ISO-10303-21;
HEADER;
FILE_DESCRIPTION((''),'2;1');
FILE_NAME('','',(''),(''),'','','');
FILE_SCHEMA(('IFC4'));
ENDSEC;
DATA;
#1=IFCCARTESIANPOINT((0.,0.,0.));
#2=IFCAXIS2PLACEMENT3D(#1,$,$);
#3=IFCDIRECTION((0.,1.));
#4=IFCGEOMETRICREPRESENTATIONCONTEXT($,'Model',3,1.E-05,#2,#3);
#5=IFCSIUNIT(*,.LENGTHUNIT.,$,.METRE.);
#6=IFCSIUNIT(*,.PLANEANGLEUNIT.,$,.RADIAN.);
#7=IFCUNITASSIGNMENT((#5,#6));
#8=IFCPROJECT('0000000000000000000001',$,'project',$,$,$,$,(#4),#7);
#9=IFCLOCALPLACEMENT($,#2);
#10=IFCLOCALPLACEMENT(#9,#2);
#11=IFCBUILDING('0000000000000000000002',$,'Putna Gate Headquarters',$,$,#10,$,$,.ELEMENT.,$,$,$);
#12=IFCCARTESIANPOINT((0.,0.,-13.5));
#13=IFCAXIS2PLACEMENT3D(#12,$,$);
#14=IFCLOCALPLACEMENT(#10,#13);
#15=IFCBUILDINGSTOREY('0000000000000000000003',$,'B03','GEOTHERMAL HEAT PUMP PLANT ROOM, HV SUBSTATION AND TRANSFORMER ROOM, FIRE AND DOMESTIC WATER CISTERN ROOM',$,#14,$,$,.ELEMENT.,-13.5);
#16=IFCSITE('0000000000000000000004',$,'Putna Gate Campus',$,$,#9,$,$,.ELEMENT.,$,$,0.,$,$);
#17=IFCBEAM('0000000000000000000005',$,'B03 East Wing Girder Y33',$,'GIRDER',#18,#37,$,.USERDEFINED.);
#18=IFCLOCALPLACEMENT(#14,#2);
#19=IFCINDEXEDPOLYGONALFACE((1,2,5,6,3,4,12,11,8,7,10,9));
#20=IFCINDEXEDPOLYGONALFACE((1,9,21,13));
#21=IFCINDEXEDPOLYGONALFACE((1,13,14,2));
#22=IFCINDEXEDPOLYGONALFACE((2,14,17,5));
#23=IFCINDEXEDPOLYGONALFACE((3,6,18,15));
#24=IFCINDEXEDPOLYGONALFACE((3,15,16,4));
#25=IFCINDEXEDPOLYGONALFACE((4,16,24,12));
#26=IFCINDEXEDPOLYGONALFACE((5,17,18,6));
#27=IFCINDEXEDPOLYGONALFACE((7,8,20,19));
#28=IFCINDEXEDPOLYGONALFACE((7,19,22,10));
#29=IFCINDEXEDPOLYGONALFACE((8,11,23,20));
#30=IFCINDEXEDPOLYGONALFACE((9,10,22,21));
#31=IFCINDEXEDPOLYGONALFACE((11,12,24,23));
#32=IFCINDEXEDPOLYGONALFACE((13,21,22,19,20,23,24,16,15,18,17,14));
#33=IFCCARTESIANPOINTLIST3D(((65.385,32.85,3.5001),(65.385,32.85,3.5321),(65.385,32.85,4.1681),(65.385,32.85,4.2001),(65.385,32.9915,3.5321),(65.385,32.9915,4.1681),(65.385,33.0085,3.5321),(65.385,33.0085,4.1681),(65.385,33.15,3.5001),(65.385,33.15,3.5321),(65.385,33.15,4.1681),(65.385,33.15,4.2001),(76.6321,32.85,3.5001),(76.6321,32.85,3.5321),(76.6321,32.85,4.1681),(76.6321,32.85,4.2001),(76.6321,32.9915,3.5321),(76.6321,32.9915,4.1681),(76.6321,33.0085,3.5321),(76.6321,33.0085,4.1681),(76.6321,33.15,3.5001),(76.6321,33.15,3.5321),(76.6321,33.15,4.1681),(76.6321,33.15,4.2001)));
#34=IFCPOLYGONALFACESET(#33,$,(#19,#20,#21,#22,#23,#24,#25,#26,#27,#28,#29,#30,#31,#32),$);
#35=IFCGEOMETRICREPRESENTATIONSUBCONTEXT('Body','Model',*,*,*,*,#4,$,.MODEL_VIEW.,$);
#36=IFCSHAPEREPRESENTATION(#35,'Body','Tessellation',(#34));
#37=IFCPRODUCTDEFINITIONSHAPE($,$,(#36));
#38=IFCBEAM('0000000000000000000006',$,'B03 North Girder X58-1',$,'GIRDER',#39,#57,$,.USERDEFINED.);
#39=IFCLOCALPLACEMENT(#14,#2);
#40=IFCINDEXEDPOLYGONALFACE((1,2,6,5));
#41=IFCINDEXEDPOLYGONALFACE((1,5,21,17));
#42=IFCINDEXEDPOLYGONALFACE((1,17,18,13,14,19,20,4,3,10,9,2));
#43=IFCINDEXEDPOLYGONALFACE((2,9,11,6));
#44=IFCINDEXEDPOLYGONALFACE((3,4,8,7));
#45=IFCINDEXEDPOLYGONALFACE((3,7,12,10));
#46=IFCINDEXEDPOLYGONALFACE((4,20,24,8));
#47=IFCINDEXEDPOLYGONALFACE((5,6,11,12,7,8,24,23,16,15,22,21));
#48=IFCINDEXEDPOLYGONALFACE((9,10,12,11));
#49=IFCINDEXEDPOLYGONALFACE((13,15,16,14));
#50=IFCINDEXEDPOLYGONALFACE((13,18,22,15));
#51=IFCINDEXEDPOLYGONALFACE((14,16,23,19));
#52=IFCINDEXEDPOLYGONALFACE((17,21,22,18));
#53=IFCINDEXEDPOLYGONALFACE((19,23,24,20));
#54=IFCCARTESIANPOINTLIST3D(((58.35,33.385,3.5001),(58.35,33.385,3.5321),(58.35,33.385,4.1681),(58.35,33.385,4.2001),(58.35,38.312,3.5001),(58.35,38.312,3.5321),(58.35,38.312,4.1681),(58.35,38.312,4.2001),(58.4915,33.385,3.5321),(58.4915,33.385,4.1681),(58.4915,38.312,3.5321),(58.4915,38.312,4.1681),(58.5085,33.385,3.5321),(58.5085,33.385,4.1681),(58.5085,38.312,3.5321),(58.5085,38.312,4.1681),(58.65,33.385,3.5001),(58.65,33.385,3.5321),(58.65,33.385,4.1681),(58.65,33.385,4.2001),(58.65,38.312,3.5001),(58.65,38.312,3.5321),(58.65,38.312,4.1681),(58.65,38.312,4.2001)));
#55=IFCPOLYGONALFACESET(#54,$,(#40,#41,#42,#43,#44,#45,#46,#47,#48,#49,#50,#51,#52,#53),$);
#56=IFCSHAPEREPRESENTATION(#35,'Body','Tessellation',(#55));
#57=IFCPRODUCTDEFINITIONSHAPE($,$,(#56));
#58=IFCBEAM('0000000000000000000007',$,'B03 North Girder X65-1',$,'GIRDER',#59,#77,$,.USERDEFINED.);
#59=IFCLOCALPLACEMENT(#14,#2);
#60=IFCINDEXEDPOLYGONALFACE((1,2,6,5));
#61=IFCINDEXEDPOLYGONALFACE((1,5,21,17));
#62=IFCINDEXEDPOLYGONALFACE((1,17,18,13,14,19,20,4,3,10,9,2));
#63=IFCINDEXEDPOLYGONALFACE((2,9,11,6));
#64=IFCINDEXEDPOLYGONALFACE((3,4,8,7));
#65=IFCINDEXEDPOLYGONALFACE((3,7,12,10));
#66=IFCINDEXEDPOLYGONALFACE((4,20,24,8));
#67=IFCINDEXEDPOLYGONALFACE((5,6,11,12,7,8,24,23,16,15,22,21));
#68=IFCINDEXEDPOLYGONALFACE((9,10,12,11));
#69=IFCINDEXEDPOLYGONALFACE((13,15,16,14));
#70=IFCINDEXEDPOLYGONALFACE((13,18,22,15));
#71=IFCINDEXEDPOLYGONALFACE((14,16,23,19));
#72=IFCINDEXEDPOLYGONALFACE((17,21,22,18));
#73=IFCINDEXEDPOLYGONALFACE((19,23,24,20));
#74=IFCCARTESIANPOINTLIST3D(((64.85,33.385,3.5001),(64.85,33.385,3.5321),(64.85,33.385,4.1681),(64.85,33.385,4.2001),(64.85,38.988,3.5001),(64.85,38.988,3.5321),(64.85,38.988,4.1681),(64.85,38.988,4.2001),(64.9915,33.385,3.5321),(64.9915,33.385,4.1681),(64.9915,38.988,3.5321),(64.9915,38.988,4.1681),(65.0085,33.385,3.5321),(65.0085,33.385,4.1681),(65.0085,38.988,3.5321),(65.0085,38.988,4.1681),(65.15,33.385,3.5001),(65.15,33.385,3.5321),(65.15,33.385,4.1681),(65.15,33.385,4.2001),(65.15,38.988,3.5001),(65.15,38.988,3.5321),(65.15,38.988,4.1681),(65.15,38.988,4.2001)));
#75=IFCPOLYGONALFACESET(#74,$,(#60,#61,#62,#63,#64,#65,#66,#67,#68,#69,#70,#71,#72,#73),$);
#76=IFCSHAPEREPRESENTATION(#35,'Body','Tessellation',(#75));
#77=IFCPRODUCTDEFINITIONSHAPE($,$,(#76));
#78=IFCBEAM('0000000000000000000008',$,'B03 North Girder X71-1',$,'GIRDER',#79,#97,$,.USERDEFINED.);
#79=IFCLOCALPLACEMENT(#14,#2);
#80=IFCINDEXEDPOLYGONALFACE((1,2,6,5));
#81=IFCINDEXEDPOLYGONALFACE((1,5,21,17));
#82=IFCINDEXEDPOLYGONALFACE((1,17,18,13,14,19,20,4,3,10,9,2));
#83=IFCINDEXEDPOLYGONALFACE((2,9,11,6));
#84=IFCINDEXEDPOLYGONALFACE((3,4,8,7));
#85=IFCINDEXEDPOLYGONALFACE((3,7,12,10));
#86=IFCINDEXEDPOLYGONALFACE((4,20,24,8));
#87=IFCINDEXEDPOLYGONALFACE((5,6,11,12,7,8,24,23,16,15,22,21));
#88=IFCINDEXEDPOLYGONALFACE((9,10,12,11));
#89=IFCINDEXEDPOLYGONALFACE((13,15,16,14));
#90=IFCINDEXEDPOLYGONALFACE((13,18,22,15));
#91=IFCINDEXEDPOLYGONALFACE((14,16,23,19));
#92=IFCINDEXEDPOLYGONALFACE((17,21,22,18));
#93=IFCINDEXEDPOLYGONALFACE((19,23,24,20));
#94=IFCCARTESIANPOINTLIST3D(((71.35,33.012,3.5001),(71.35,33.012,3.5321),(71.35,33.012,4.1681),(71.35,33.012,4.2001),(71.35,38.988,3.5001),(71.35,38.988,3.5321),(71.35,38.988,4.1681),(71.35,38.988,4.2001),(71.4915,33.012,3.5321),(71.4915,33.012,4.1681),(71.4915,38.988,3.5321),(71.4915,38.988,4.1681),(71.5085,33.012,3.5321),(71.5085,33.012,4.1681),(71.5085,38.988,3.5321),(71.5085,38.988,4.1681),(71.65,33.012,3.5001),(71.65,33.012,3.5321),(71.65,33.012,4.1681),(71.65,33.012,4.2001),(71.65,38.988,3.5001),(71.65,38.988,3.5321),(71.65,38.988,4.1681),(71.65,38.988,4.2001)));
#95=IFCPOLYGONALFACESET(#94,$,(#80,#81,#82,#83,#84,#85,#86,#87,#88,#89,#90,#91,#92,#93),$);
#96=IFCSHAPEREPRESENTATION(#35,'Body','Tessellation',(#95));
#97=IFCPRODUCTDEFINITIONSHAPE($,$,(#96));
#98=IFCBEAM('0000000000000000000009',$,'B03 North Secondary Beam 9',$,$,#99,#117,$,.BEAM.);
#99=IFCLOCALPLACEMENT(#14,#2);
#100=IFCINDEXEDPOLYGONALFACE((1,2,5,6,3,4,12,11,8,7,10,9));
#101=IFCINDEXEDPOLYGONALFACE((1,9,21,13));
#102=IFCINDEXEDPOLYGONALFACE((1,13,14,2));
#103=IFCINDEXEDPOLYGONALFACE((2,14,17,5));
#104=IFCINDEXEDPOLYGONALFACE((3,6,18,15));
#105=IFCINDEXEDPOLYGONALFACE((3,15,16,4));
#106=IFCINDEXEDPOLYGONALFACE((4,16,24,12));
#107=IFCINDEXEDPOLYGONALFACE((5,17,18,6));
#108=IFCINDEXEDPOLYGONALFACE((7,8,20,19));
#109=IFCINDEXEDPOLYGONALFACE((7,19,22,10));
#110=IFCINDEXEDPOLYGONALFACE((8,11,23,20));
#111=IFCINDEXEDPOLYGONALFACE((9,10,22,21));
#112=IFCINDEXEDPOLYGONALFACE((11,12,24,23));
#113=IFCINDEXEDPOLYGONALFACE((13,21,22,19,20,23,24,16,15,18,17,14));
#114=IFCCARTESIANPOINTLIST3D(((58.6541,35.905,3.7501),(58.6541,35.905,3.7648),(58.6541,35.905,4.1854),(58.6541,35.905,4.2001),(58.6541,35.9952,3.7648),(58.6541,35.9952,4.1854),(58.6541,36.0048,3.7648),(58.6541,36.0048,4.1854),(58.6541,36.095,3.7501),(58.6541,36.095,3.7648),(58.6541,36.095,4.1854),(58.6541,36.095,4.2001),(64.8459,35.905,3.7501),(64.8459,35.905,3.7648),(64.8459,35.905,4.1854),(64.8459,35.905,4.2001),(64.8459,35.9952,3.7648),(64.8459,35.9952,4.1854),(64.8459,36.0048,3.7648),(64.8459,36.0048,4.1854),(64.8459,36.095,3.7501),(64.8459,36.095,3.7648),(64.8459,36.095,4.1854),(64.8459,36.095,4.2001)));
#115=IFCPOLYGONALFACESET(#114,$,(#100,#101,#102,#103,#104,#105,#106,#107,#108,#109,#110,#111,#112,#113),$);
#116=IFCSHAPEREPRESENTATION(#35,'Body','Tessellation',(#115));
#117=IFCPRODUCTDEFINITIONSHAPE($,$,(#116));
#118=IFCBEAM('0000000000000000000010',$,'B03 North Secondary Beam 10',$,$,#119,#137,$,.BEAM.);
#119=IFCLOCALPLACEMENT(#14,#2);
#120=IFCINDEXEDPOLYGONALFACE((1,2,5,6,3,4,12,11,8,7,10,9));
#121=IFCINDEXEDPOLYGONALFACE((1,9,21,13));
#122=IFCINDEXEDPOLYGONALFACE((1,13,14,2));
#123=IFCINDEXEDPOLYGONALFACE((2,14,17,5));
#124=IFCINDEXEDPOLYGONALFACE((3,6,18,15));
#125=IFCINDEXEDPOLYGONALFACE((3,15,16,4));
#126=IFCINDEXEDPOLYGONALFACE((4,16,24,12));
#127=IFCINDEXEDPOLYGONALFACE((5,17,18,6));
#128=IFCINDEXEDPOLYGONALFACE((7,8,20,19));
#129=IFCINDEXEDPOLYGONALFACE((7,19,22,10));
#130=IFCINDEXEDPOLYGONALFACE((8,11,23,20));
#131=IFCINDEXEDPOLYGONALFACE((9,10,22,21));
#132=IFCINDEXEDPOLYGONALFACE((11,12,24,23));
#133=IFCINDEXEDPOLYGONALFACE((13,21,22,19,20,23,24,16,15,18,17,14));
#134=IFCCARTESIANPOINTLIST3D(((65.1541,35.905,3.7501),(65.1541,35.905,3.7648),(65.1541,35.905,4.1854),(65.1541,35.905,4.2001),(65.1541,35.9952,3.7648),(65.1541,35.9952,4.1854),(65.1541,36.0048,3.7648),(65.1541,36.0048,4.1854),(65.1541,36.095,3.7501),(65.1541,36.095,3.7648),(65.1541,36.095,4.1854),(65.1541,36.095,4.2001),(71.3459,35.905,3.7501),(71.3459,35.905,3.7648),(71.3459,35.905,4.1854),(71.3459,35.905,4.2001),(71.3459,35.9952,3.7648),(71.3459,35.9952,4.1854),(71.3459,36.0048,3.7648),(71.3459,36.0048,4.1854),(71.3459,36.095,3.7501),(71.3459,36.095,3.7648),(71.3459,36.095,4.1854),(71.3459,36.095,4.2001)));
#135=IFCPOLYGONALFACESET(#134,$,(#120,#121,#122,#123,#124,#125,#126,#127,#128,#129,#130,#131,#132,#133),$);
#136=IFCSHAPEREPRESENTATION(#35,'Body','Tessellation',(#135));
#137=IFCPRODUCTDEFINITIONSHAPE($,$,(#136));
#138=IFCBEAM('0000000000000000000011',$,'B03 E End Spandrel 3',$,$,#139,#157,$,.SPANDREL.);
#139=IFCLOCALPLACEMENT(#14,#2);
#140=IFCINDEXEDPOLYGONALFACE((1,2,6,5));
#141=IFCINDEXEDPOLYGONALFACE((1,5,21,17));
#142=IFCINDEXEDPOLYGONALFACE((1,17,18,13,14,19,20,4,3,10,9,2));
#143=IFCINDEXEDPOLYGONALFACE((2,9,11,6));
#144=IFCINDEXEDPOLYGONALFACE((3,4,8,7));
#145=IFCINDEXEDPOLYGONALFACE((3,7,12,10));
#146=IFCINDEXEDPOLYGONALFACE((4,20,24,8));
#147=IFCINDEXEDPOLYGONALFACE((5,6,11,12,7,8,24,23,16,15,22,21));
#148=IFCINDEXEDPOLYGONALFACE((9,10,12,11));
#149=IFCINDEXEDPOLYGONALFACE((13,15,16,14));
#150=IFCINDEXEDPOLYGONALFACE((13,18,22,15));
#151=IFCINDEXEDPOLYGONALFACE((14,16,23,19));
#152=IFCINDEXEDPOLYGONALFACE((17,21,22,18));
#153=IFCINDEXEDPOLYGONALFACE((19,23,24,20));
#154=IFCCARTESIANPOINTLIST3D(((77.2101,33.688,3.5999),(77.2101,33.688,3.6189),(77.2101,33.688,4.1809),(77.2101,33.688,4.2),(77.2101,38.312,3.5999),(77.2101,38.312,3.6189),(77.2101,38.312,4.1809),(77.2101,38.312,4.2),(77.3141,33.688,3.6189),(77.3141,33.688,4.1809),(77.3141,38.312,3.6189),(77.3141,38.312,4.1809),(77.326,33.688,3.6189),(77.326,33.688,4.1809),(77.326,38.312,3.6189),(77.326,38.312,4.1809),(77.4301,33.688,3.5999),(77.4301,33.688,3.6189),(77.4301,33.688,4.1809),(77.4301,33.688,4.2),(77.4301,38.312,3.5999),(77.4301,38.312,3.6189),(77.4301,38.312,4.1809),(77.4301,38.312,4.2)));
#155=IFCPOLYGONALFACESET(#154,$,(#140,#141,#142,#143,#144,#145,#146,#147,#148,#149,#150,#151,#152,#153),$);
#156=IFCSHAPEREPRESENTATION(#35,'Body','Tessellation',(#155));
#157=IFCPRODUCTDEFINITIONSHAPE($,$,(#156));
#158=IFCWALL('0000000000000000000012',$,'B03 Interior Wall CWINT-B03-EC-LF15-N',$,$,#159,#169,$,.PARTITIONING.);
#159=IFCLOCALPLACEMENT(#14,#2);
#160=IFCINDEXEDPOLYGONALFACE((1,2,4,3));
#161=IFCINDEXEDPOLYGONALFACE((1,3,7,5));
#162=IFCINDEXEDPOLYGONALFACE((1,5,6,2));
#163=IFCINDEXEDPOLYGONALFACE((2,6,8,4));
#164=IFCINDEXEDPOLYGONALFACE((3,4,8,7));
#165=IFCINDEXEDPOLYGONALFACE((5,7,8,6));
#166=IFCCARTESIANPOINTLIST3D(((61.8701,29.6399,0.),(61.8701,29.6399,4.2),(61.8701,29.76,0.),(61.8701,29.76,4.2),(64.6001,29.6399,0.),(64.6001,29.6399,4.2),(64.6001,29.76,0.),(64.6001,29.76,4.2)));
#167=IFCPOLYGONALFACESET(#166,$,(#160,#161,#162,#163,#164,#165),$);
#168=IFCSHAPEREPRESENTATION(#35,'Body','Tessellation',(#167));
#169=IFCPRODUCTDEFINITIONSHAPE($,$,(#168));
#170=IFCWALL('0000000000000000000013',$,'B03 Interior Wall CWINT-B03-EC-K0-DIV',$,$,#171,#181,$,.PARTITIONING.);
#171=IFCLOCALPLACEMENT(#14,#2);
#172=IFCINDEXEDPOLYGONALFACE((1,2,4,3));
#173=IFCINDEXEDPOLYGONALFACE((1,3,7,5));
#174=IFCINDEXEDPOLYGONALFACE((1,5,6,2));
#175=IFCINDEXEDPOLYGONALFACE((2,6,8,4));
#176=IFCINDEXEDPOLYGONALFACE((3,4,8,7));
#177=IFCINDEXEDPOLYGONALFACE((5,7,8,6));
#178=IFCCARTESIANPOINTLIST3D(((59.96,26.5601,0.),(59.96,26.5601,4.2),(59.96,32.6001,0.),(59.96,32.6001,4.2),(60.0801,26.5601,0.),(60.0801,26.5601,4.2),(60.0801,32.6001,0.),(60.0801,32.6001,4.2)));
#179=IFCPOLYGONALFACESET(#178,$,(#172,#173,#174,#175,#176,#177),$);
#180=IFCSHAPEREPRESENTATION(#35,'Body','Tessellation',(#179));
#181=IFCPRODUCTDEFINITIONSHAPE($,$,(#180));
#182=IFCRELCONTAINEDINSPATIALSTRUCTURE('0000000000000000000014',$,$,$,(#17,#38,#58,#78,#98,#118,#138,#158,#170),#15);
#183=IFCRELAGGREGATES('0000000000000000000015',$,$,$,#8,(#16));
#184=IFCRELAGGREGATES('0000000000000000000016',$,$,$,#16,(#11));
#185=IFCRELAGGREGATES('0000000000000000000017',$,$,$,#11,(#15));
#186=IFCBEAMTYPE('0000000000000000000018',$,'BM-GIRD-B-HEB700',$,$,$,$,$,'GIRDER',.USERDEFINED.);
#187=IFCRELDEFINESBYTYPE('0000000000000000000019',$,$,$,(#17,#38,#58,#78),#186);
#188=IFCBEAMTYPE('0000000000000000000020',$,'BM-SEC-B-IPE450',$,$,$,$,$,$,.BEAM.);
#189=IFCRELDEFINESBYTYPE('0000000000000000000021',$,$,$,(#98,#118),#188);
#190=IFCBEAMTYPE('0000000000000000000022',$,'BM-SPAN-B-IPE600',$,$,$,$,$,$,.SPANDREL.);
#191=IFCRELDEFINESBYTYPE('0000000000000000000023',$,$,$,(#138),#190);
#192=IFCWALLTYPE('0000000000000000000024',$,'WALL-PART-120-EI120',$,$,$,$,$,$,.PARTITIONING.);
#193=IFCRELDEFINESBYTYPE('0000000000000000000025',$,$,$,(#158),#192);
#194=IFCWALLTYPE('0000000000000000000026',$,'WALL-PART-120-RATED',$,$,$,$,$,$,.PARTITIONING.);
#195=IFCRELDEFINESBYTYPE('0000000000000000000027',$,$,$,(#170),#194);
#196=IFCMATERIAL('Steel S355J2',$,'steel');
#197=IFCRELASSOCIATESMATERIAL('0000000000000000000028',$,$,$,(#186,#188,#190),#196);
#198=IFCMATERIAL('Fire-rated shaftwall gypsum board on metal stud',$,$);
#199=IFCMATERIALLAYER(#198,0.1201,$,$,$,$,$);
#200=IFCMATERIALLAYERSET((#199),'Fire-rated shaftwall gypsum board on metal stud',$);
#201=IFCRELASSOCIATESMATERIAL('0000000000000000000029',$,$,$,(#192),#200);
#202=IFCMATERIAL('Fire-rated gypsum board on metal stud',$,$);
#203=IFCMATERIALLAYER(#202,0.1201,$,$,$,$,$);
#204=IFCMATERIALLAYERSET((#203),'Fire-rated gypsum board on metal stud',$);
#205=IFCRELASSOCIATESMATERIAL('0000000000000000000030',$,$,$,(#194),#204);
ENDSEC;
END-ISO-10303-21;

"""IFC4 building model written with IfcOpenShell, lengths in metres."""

from ifc_helpers import new_model, si_unit, direction, frame, frame_2d, origin, origin_2d, place, context, subcontext, project, spatial, rectangle, i_section, extrude, material, layer, layer_set, material_profile, profile_set, type_object, element, save


model = new_model("IFC4")

# Units and contexts
model_context = context("Model", 3, precision=1e-05, world=origin(), true_north=direction((0.0, 1.0)))
body_context = subcontext(model_context, "Body", "Model", "MODEL_VIEW")
ifc_project = project(units=[si_unit("LENGTHUNIT", "METRE"), si_unit("PLANEANGLEUNIT", "RADIAN")], contexts=[model_context])

# Site, building, storey
site_placement = place(None, origin())
site = spatial("IfcSite", under=ifc_project, at=site_placement, Name="Putna Gate Campus", CompositionType="ELEMENT", RefElevation=0.0)
building_placement = place(site_placement, origin())
building = spatial("IfcBuilding", under=site, at=building_placement, Name="Putna Gate Headquarters", CompositionType="ELEMENT")
storey_placement = place(building_placement, frame((0.0, 0.0, -13.5)))
storey = spatial("IfcBuildingStorey", under=building, at=storey_placement, Name="B03", Description="GEOTHERMAL HEAT PUMP PLANT ROOM, HV SUBSTATION AND TRANSFORMER ROOM, FIRE AND DOMESTIC WATER CISTERN ROOM", CompositionType="ELEMENT", Elevation=-13.5)

# Beams
ifc_material_1 = material(Name="Steel S355J2", Category="steel")
ifc_material_profile_1 = material_profile(ifc_material_1, i_section(OverallWidth=0.3, OverallDepth=0.7, WebThickness=0.0171, FlangeThickness=0.032, at=origin_2d()), Name="Steel S355J2")
ifc_profile_set_1 = profile_set([ifc_material_profile_1], Name="Steel S355J2")
beam_type_1 = type_object("IfcBeamType", Name="BM-GIRD-B-HEB700", ElementType="GIRDER", PredefinedType="USERDEFINED", material=ifc_profile_set_1)
beam_1_placement = place(storey_placement, frame((65.385, 33.0, 3.8501), z_axis=(1.0, 0.0, 0.0), x_axis=(0.0, 1.0, 0.0)))
element("IfcBeam", 1, at=beam_1_placement, inside=storey, type_object=beam_type_1, Name="B03 East Wing Girder Y33", ObjectType="GIRDER", PredefinedType="USERDEFINED", context=body_context, shape_type="SweptSolid", body=[
    extrude(i_section(OverallWidth=0.3, OverallDepth=0.7, WebThickness=0.0171, FlangeThickness=0.032, at=origin_2d()), origin(), (0.0, 0.0, 1.0), 11.2471),
])
beam_2_placement = place(storey_placement, frame((58.5, 33.385, 3.8501), z_axis=(0.0, 1.0, 0.0), x_axis=(-1.0, 0.0, 0.0)))
element("IfcBeam", 2, at=beam_2_placement, inside=storey, type_object=beam_type_1, Name="B03 North Girder X58-1", ObjectType="GIRDER", PredefinedType="USERDEFINED", context=body_context, shape_type="SweptSolid", body=[
    extrude(i_section(OverallWidth=0.3, OverallDepth=0.7, WebThickness=0.0171, FlangeThickness=0.032, at=origin_2d()), origin(), (0.0, 0.0, 1.0), 4.927),
])
beam_3_placement = place(storey_placement, frame((65.0, 33.385, 3.8501), z_axis=(0.0, 1.0, 0.0), x_axis=(-1.0, 0.0, 0.0)))
element("IfcBeam", 3, at=beam_3_placement, inside=storey, type_object=beam_type_1, Name="B03 North Girder X65-1", ObjectType="GIRDER", PredefinedType="USERDEFINED", context=body_context, shape_type="SweptSolid", body=[
    extrude(i_section(OverallWidth=0.3, OverallDepth=0.7, WebThickness=0.0171, FlangeThickness=0.032, at=origin_2d()), origin(), (0.0, 0.0, 1.0), 5.603),
])
beam_4_placement = place(storey_placement, frame((71.5, 33.012, 3.8501), z_axis=(0.0, 1.0, 0.0), x_axis=(-1.0, 0.0, 0.0)))
element("IfcBeam", 4, at=beam_4_placement, inside=storey, type_object=beam_type_1, Name="B03 North Girder X71-1", ObjectType="GIRDER", PredefinedType="USERDEFINED", context=body_context, shape_type="SweptSolid", body=[
    extrude(i_section(OverallWidth=0.3, OverallDepth=0.7, WebThickness=0.0171, FlangeThickness=0.032, at=origin_2d()), origin(), (0.0, 0.0, 1.0), 5.9761),
])
ifc_material_profile_2 = material_profile(ifc_material_1, i_section(OverallWidth=0.1899, OverallDepth=0.45, WebThickness=0.0095, FlangeThickness=0.0146, at=origin_2d()), Name="Steel S355J2")
ifc_profile_set_2 = profile_set([ifc_material_profile_2], Name="Steel S355J2")
beam_type_2 = type_object("IfcBeamType", Name="BM-SEC-B-IPE450", PredefinedType="BEAM", material=ifc_profile_set_2)
for number, where, z_axis, x_axis, name in (
    (5, (58.6541, 36.0, 3.9751), (1.0, 0.0, 0.0), (0.0, 1.0, 0.0), "B03 North Secondary Beam 9"),
    (6, (65.1541, 36.0, 3.9751), (1.0, 0.0, 0.0), (0.0, 1.0, 0.0), "B03 North Secondary Beam 10"),
):
    element("IfcBeam", number, at=place(storey_placement, frame(where, z_axis=z_axis, x_axis=x_axis)), inside=storey, type_object=beam_type_2, Name=name, PredefinedType="BEAM", context=body_context, shape_type="SweptSolid", body=[
        extrude(i_section(OverallWidth=0.1899, OverallDepth=0.45, WebThickness=0.0095, FlangeThickness=0.0146, at=origin_2d()), origin(), (0.0, 0.0, 1.0), 6.1919),
    ])
ifc_material_profile_3 = material_profile(ifc_material_1, i_section(OverallWidth=0.22, OverallDepth=0.6001, WebThickness=0.012, FlangeThickness=0.019, at=origin_2d()), Name="Steel S355J2")
ifc_profile_set_3 = profile_set([ifc_material_profile_3], Name="Steel S355J2")
beam_type_3 = type_object("IfcBeamType", Name="BM-SPAN-B-IPE600", PredefinedType="SPANDREL", material=ifc_profile_set_3)
beam_5_placement = place(storey_placement, frame((77.3201, 33.688, 3.8999), z_axis=(0.0, 1.0, 0.0), x_axis=(-1.0, 0.0, 0.0)))
element("IfcBeam", 7, at=beam_5_placement, inside=storey, type_object=beam_type_3, Name="B03 E End Spandrel 3", PredefinedType="SPANDREL", context=body_context, shape_type="SweptSolid", body=[
    extrude(i_section(OverallWidth=0.22, OverallDepth=0.6001, WebThickness=0.012, FlangeThickness=0.019, at=origin_2d()), origin(), (0.0, 0.0, 1.0), 4.624),
])

# Walls
ifc_material_2 = material(Name="Fire-rated shaftwall gypsum board on metal stud")
ifc_layer_1 = layer(ifc_material_2, 0.1201)
ifc_layer_set_1 = layer_set([ifc_layer_1], Name="Fire-rated shaftwall gypsum board on metal stud")
wall_type_1 = type_object("IfcWallType", Name="WALL-PART-120-EI120", PredefinedType="PARTITIONING", material=ifc_layer_set_1)
wall_1_placement = place(storey_placement, frame((61.8701, 29.7, 0.0), z_axis=(0.0, 0.0, 1.0), x_axis=(1.0, 0.0, 0.0)))
element("IfcWall", 8, at=wall_1_placement, inside=storey, type_object=wall_type_1, Name="B03 Interior Wall CWINT-B03-EC-LF15-N", PredefinedType="PARTITIONING", context=body_context, shape_type="SweptSolid", body=[
    extrude(rectangle(XDim=2.73, YDim=0.1201, at=frame_2d((1.365, 0.0))), origin(), (0.0, 0.0, 1.0), 4.2),
])
ifc_material_3 = material(Name="Fire-rated gypsum board on metal stud")
ifc_layer_2 = layer(ifc_material_3, 0.1201)
ifc_layer_set_2 = layer_set([ifc_layer_2], Name="Fire-rated gypsum board on metal stud")
wall_type_2 = type_object("IfcWallType", Name="WALL-PART-120-RATED", PredefinedType="PARTITIONING", material=ifc_layer_set_2)
wall_2_placement = place(storey_placement, frame((60.02, 26.5601, 0.0), z_axis=(0.0, 0.0, 1.0), x_axis=(0.0, 1.0, 0.0)))
element("IfcWall", 9, at=wall_2_placement, inside=storey, type_object=wall_type_2, Name="B03 Interior Wall CWINT-B03-EC-K0-DIV", PredefinedType="PARTITIONING", context=body_context, shape_type="SweptSolid", body=[
    extrude(rectangle(XDim=6.04, YDim=0.1201, at=frame_2d((3.02, 0.0))), origin(), (0.0, 0.0, 1.0), 4.2),
])

save(model, "model.ifc")
